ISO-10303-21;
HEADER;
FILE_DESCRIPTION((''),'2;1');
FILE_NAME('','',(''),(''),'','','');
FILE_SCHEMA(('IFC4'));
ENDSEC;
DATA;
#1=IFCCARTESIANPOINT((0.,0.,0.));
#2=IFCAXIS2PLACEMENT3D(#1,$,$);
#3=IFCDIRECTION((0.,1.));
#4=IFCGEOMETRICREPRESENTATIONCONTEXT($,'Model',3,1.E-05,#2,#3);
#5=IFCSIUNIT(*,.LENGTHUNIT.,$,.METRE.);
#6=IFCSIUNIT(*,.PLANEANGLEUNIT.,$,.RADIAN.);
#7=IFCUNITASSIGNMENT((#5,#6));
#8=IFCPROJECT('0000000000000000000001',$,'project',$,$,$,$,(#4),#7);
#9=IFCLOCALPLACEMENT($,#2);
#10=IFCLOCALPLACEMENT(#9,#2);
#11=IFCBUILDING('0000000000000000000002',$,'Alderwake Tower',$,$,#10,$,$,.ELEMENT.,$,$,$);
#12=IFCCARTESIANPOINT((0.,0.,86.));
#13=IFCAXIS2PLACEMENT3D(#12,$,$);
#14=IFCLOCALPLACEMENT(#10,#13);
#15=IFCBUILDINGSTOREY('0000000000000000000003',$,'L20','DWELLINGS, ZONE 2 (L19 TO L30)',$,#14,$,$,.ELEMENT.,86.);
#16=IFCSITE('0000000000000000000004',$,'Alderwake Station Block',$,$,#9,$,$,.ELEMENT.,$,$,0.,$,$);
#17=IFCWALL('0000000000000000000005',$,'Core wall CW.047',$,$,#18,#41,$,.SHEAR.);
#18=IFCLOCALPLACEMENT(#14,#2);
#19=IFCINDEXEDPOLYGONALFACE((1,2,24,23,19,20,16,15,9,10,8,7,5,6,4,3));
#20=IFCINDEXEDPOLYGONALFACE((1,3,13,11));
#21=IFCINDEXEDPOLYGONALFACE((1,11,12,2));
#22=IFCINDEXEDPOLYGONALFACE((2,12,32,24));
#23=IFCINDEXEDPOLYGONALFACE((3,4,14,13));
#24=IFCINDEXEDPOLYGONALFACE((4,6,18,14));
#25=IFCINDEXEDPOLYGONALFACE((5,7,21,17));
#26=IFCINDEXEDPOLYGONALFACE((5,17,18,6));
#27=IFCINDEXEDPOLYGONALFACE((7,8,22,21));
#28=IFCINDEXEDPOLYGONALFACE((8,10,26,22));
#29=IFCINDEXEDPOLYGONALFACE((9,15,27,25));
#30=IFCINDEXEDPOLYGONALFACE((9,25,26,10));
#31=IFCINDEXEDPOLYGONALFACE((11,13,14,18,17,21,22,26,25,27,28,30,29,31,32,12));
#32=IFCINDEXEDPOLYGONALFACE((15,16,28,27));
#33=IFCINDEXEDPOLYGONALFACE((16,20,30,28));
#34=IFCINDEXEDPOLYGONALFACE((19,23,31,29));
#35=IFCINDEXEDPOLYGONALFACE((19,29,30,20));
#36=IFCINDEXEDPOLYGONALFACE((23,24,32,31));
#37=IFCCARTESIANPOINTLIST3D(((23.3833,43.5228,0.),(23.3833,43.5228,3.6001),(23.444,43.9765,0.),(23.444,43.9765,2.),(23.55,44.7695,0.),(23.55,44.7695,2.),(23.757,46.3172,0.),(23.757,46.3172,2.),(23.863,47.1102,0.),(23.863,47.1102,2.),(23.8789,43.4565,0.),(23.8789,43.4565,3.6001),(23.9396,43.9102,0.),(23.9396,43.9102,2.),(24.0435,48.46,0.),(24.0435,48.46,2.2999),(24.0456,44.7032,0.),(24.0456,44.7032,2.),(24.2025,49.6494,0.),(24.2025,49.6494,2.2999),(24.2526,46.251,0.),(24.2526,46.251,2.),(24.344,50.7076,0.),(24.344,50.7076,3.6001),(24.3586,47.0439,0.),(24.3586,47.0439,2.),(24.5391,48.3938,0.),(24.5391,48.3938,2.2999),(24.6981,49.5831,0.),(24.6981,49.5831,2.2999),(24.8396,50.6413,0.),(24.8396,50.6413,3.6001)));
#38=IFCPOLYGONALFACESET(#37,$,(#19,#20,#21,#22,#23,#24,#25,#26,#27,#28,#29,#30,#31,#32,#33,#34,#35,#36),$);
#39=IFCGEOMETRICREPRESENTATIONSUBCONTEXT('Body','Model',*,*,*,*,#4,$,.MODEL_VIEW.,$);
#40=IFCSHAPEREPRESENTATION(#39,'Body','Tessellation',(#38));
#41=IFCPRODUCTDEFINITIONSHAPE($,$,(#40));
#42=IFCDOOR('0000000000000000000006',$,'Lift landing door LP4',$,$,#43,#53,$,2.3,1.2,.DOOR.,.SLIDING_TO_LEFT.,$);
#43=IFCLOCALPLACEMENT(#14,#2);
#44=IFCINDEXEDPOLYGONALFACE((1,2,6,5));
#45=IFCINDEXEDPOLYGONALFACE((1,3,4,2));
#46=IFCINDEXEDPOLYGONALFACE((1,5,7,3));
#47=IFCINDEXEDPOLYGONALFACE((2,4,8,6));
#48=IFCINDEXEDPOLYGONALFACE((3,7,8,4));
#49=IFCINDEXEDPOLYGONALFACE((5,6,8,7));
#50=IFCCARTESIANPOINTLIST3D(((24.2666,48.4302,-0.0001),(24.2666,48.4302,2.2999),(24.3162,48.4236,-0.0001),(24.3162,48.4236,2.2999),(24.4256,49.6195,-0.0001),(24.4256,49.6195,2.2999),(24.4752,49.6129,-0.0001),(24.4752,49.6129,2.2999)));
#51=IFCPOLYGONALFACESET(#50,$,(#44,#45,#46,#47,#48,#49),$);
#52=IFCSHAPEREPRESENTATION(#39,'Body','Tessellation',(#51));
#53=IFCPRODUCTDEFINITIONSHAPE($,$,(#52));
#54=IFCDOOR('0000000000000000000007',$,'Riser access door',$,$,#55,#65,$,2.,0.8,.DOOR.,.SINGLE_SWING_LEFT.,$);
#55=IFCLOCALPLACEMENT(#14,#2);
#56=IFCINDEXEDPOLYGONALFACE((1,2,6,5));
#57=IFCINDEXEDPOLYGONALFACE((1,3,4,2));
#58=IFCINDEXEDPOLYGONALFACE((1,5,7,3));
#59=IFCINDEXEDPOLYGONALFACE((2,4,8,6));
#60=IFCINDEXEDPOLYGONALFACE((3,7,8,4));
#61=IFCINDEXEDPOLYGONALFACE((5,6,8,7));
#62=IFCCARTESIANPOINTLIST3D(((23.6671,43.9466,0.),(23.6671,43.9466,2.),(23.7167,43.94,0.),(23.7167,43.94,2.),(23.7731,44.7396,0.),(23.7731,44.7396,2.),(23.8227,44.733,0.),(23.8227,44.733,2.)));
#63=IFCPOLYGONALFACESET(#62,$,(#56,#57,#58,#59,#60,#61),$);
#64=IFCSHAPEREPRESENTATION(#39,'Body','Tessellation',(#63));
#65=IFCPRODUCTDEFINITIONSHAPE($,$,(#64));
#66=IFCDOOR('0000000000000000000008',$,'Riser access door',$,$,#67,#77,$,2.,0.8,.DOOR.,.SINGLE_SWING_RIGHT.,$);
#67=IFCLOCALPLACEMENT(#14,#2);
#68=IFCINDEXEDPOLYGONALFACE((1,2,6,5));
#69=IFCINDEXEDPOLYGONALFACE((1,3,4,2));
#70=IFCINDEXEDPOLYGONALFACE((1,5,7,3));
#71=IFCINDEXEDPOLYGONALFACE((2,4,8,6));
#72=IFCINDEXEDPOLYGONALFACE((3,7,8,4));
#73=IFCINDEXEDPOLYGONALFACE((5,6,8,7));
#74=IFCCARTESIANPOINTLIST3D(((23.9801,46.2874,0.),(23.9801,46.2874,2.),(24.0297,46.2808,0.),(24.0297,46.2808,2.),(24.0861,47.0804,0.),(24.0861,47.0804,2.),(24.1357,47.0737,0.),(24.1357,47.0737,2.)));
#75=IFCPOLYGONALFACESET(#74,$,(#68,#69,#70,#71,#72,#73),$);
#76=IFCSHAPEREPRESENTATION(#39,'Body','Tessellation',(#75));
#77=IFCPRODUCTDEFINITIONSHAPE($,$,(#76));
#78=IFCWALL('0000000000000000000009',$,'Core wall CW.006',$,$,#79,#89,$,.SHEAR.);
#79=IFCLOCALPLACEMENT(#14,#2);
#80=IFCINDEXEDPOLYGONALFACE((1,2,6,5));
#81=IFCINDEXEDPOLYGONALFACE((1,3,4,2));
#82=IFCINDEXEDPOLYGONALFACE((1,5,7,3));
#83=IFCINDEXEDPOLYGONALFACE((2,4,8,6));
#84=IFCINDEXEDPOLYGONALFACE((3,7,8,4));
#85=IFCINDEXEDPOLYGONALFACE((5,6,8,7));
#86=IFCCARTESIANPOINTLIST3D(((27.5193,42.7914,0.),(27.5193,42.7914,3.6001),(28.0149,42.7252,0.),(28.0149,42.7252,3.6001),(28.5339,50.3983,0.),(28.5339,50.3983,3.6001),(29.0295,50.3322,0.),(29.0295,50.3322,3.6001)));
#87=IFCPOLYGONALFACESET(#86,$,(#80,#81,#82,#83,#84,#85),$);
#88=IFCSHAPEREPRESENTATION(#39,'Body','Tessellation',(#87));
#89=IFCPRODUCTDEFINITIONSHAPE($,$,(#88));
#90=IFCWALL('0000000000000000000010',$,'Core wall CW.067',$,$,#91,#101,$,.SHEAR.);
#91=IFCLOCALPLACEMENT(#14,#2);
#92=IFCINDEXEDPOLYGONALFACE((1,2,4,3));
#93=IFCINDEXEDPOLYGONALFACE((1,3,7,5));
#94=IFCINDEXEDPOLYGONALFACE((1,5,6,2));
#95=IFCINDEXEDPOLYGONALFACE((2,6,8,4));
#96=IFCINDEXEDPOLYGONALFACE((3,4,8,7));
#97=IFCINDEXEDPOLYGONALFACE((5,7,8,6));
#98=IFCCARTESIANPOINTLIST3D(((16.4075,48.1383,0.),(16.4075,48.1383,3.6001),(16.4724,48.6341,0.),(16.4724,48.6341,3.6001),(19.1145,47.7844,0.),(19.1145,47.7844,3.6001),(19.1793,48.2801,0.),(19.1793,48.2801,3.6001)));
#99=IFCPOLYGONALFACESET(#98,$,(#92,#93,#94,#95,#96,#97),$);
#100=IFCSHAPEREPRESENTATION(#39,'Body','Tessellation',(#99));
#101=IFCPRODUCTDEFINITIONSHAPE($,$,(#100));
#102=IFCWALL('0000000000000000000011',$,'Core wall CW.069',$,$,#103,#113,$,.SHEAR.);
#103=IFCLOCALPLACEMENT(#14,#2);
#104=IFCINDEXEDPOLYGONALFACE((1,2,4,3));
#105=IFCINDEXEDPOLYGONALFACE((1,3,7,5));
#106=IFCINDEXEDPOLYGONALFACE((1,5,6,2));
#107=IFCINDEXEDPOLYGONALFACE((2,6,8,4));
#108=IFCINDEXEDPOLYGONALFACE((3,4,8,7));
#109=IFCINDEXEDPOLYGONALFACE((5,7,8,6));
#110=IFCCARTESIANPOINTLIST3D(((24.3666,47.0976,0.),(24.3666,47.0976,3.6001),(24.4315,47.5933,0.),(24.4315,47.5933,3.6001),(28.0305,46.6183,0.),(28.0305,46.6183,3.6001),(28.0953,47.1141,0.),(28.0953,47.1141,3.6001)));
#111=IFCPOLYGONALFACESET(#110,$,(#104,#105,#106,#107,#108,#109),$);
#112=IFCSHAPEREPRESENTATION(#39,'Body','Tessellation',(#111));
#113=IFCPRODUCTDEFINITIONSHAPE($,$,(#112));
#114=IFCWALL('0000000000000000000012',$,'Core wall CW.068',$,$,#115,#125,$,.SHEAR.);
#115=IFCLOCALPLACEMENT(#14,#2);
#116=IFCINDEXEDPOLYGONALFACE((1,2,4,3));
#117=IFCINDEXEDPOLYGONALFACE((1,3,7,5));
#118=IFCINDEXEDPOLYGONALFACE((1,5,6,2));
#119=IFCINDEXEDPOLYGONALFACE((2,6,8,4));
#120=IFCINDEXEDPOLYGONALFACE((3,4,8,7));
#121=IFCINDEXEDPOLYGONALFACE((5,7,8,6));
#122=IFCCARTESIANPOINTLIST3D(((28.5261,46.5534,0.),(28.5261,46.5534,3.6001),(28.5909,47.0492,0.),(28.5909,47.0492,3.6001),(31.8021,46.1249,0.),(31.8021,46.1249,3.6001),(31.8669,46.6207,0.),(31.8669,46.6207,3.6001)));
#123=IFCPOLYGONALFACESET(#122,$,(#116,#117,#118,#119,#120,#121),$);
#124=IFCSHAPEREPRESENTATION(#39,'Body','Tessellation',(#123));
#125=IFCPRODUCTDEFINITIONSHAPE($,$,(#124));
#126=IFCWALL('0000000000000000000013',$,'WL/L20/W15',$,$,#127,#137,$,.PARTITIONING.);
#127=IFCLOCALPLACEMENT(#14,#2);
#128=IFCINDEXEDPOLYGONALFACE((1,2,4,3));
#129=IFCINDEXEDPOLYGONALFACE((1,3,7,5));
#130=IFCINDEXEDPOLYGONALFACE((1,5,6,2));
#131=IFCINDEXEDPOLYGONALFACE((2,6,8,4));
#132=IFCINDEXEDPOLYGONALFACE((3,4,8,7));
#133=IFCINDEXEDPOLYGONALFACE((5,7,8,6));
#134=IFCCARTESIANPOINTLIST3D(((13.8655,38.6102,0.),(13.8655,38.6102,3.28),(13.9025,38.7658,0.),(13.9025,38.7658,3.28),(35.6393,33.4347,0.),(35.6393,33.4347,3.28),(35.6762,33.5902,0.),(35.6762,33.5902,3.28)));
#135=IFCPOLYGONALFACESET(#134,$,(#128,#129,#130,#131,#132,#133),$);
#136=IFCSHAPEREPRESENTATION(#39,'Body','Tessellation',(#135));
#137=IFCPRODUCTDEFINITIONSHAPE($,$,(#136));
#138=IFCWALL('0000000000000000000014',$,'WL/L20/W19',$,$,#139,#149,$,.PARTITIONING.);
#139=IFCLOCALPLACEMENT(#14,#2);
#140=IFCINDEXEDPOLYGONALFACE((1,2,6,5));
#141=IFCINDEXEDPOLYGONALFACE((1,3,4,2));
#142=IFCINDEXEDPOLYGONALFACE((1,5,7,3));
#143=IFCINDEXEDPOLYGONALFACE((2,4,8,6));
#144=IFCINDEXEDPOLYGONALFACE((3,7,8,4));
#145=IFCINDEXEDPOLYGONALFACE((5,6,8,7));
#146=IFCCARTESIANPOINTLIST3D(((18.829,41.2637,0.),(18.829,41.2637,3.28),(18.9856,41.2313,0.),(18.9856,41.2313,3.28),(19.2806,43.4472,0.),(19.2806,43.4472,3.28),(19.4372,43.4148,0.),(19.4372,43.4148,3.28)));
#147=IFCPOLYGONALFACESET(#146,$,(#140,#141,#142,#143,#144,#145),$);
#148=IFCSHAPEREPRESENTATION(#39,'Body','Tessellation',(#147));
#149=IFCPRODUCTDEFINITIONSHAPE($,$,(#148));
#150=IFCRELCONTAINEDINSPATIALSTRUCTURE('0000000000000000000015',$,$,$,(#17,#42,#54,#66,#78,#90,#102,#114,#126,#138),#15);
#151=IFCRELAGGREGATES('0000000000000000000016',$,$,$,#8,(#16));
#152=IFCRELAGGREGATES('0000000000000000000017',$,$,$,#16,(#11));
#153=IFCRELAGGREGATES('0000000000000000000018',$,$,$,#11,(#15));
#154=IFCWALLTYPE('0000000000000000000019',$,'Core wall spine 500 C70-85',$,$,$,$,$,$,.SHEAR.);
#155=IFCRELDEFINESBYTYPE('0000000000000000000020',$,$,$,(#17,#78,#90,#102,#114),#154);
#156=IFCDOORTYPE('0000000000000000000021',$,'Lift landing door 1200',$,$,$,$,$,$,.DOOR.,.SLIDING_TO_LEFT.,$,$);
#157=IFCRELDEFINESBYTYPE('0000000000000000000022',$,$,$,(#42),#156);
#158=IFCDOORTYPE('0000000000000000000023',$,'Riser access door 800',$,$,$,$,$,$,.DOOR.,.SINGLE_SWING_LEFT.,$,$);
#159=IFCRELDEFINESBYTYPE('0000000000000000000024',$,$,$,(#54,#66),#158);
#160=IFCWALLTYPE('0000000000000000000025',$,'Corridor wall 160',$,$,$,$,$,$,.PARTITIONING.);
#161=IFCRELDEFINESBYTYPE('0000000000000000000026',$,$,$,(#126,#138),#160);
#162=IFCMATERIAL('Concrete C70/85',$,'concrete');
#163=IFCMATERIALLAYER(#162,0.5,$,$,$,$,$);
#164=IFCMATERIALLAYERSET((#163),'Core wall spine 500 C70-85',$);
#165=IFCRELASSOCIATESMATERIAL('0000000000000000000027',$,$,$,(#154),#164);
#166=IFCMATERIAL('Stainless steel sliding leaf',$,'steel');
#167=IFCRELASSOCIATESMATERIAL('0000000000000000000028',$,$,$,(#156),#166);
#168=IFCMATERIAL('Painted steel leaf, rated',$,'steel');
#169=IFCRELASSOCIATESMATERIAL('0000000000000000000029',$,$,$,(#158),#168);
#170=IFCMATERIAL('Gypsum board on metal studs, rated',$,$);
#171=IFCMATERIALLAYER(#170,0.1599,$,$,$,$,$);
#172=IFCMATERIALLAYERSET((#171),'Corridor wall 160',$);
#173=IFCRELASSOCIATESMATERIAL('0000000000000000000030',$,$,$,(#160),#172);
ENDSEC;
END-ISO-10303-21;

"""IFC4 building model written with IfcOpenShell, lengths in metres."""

from ifc_helpers import new_model, si_unit, direction, frame, frame_2d, origin, place, context, subcontext, project, spatial, rectangle, extrude, material, layer, layer_set, type_object, element, fill, save


model = new_model("IFC4")

# Units and contexts
model_context = context("Model", 3, precision=1e-05, world=origin(), true_north=direction((0.0, 1.0)))
body_context = subcontext(model_context, "Body", "Model", "MODEL_VIEW")
ifc_project = project(units=[si_unit("LENGTHUNIT", "METRE"), si_unit("PLANEANGLEUNIT", "RADIAN")], contexts=[model_context])

# Site, building, storey
site_placement = place(None, origin())
site = spatial("IfcSite", under=ifc_project, at=site_placement, Name="Alderwake Station Block", CompositionType="ELEMENT", RefElevation=0.0)
building_placement = place(site_placement, origin())
building = spatial("IfcBuilding", under=site, at=building_placement, Name="Alderwake Tower", CompositionType="ELEMENT")
storey_placement = place(building_placement, frame((0.0, 0.0, 86.0)))
storey = spatial("IfcBuildingStorey", under=building, at=storey_placement, Name="L20", Description="DWELLINGS, ZONE 2 (L19 TO L30)", CompositionType="ELEMENT", Elevation=86.0)

# Wall, openings, doors
ifc_material_1 = material(Name="Concrete C70/85", Category="concrete")
ifc_layer_1 = layer(ifc_material_1, 0.5)
ifc_layer_set_1 = layer_set([ifc_layer_1], Name="Core wall spine 500 C70-85")
wall_type_1 = type_object("IfcWallType", Name="Core wall spine 500 C70-85", PredefinedType="SHEAR", material=ifc_layer_set_1)
wall_1_placement = place(storey_placement, frame((23.6311, 43.4895, 0.0), z_axis=(0.0, 0.0, 1.0), x_axis=(0.132532, 0.991179, 0.0)))
wall_1 = element("IfcWall", 1, at=wall_1_placement, inside=storey, type_object=wall_type_1, Name="Core wall CW.047", PredefinedType="SHEAR", context=body_context, shape_type="SweptSolid", body=[
    extrude(rectangle(XDim=7.2488, YDim=0.5, at=frame_2d((3.6245, 0.0))), origin(), (0.0, 0.0, 1.0), 3.6001),
])
opening_1_placement = place(wall_1_placement, frame((4.9812, 0.0, 0.0)))
opening_1 = element("IfcOpeningElement", 2, at=opening_1_placement, cuts=wall_1, PredefinedType="OPENING", context=body_context, shape_type="SweptSolid", body=[
    extrude(rectangle(XDim=1.2, YDim=2.3, at=frame_2d((0.6001, 1.1499))), frame((0.0, 0.26, 0.0), z_axis=(0.0, -1.0, 0.0), x_axis=(1.0, 0.0, 0.0)), (0.0, 0.0, 1.0), 0.52),
])
opening_2_placement = place(wall_1_placement, frame((0.458, 0.0, 0.0)))
opening_2 = element("IfcOpeningElement", 3, at=opening_2_placement, cuts=wall_1, PredefinedType="OPENING", context=body_context, shape_type="SweptSolid", body=[
    extrude(rectangle(XDim=0.8, YDim=2.0, at=frame_2d((0.3999, 1.0))), frame((0.0, 0.26, 0.0), z_axis=(0.0, -1.0, 0.0), x_axis=(1.0, 0.0, 0.0)), (0.0, 0.0, 1.0), 0.52),
])
opening_3_placement = place(wall_1_placement, frame((2.8196, 0.0, 0.0)))
opening_3 = element("IfcOpeningElement", 4, at=opening_3_placement, cuts=wall_1, PredefinedType="OPENING", context=body_context, shape_type="SweptSolid", body=[
    extrude(rectangle(XDim=0.8, YDim=2.0, at=frame_2d((0.3999, 1.0))), frame((0.0, 0.26, 0.0), z_axis=(0.0, -1.0, 0.0), x_axis=(1.0, 0.0, 0.0)), (0.0, 0.0, 1.0), 0.52),
])
ifc_material_2 = material(Name="Stainless steel sliding leaf", Category="steel")
door_type_1 = type_object("IfcDoorType", Name="Lift landing door 1200", OperationType="SLIDING_TO_LEFT", PredefinedType="DOOR", material=ifc_material_2)
door_1_placement = place(opening_1_placement, origin())
door_1 = element("IfcDoor", 5, at=door_1_placement, inside=storey, type_object=door_type_1, Name="Lift landing door LP4", OperationType="SLIDING_TO_LEFT", OverallHeight=2.3, OverallWidth=1.2, PredefinedType="DOOR", context=body_context, shape_type="SweptSolid", body=[
    extrude(rectangle(XDim=1.2, YDim=2.3, at=frame_2d((0.6001, 1.1499))), frame((0.0, 0.0249, 0.0), z_axis=(0.0, -1.0, 0.0), x_axis=(1.0, 0.0, 0.0)), (0.0, 0.0, 1.0), 0.05),
])
fill(opening_1, door_1)
ifc_material_3 = material(Name="Painted steel leaf, rated", Category="steel")
door_type_2 = type_object("IfcDoorType", Name="Riser access door 800", OperationType="SINGLE_SWING_LEFT", PredefinedType="DOOR", material=ifc_material_3)
door_2_placement = place(opening_2_placement, origin())
door_2 = element("IfcDoor", 6, at=door_2_placement, inside=storey, type_object=door_type_2, Name="Riser access door", OperationType="SINGLE_SWING_LEFT", OverallHeight=2.0, OverallWidth=0.8, PredefinedType="DOOR", context=body_context, shape_type="SweptSolid", body=[
    extrude(rectangle(XDim=0.8, YDim=2.0, at=frame_2d((0.3999, 1.0))), frame((0.0, 0.0249, 0.0), z_axis=(0.0, -1.0, 0.0), x_axis=(1.0, 0.0, 0.0)), (0.0, 0.0, 1.0), 0.05),
])
fill(opening_2, door_2)
door_3_placement = place(opening_3_placement, origin())
door_3 = element("IfcDoor", 7, at=door_3_placement, inside=storey, type_object=door_type_2, Name="Riser access door", OperationType="SINGLE_SWING_RIGHT", OverallHeight=2.0, OverallWidth=0.8, PredefinedType="DOOR", context=body_context, shape_type="SweptSolid", body=[
    extrude(rectangle(XDim=0.8, YDim=2.0, at=frame_2d((0.3999, 1.0))), frame((0.0, 0.0249, 0.0), z_axis=(0.0, -1.0, 0.0), x_axis=(1.0, 0.0, 0.0)), (0.0, 0.0, 1.0), 0.05),
])
fill(opening_3, door_3)

# Walls
wall_2_placement = place(storey_placement, frame((27.7671, 42.7583, 0.0), z_axis=(0.0, 0.0, 1.0), x_axis=(0.132214, 0.991221, 0.0)))
element("IfcWall", 8, at=wall_2_placement, inside=storey, type_object=wall_type_1, Name="Core wall CW.006", PredefinedType="SHEAR", context=body_context, shape_type="SweptSolid", body=[
    extrude(rectangle(XDim=7.6743, YDim=0.5, at=frame_2d((3.8372, 0.0))), origin(), (0.0, 0.0, 1.0), 3.6001),
])
wall_3_placement = place(storey_placement, frame((16.4399, 48.3862, 0.0), z_axis=(0.0, 0.0, 1.0), x_axis=(0.991557, -0.129668, 0.0)))
element("IfcWall", 9, at=wall_3_placement, inside=storey, type_object=wall_type_1, Name="Core wall CW.067", PredefinedType="SHEAR", context=body_context, shape_type="SweptSolid", body=[
    extrude(rectangle(XDim=2.73, YDim=0.5, at=frame_2d((1.365, 0.0))), origin(), (0.0, 0.0, 1.0), 3.6001),
])
wall_4_placement = place(storey_placement, frame((24.3989, 47.3455, 0.0), z_axis=(0.0, 0.0, 1.0), x_axis=(0.991553, -0.129701, 0.0)))
element("IfcWall", 10, at=wall_4_placement, inside=storey, type_object=wall_type_1, Name="Core wall CW.069", PredefinedType="SHEAR", context=body_context, shape_type="SweptSolid", body=[
    extrude(rectangle(XDim=3.6951, YDim=0.5, at=frame_2d((1.8477, 0.0))), origin(), (0.0, 0.0, 1.0), 3.6001),
])
wall_5_placement = place(storey_placement, frame((28.5586, 46.8013, 0.0), z_axis=(0.0, 0.0, 1.0), x_axis=(0.991556, -0.12968, 0.0)))
element("IfcWall", 11, at=wall_5_placement, inside=storey, type_object=wall_type_1, Name="Core wall CW.068", PredefinedType="SHEAR", context=body_context, shape_type="SweptSolid", body=[
    extrude(rectangle(XDim=3.304, YDim=0.5, at=frame_2d((1.6519, 0.0))), origin(), (0.0, 0.0, 1.0), 3.6001),
])
ifc_material_4 = material(Name="Gypsum board on metal studs, rated")
ifc_layer_2 = layer(ifc_material_4, 0.1599)
ifc_layer_set_2 = layer_set([ifc_layer_2], Name="Corridor wall 160")
wall_type_2 = type_object("IfcWallType", Name="Corridor wall 160", PredefinedType="PARTITIONING", material=ifc_layer_set_2)
wall_6_placement = place(storey_placement, frame((13.884, 38.688, 0.0), z_axis=(0.0, 0.0, 1.0), x_axis=(0.972893, -0.231254, 0.0)))
element("IfcWall", 12, at=wall_6_placement, inside=storey, type_object=wall_type_2, Name="WL/L20/W15", PredefinedType="PARTITIONING", context=body_context, shape_type="SweptSolid", body=[
    extrude(rectangle(XDim=22.3804, YDim=0.1599, at=frame_2d((11.1902, 0.0))), origin(), (0.0, 0.0, 1.0), 3.28),
])
wall_7_placement = place(storey_placement, frame((19.3589, 43.4309, 0.0), z_axis=(0.0, 0.0, 1.0), x_axis=(-0.202555, -0.979271, 0.0)))
element("IfcWall", 13, at=wall_7_placement, inside=storey, type_object=wall_type_2, Name="WL/L20/W19", PredefinedType="PARTITIONING", context=body_context, shape_type="SweptSolid", body=[
    extrude(rectangle(XDim=2.2297, YDim=0.1599, at=frame_2d((1.1147, 0.0))), origin(), (0.0, 0.0, 1.0), 3.28),
])

save(model, "model.ifc")
